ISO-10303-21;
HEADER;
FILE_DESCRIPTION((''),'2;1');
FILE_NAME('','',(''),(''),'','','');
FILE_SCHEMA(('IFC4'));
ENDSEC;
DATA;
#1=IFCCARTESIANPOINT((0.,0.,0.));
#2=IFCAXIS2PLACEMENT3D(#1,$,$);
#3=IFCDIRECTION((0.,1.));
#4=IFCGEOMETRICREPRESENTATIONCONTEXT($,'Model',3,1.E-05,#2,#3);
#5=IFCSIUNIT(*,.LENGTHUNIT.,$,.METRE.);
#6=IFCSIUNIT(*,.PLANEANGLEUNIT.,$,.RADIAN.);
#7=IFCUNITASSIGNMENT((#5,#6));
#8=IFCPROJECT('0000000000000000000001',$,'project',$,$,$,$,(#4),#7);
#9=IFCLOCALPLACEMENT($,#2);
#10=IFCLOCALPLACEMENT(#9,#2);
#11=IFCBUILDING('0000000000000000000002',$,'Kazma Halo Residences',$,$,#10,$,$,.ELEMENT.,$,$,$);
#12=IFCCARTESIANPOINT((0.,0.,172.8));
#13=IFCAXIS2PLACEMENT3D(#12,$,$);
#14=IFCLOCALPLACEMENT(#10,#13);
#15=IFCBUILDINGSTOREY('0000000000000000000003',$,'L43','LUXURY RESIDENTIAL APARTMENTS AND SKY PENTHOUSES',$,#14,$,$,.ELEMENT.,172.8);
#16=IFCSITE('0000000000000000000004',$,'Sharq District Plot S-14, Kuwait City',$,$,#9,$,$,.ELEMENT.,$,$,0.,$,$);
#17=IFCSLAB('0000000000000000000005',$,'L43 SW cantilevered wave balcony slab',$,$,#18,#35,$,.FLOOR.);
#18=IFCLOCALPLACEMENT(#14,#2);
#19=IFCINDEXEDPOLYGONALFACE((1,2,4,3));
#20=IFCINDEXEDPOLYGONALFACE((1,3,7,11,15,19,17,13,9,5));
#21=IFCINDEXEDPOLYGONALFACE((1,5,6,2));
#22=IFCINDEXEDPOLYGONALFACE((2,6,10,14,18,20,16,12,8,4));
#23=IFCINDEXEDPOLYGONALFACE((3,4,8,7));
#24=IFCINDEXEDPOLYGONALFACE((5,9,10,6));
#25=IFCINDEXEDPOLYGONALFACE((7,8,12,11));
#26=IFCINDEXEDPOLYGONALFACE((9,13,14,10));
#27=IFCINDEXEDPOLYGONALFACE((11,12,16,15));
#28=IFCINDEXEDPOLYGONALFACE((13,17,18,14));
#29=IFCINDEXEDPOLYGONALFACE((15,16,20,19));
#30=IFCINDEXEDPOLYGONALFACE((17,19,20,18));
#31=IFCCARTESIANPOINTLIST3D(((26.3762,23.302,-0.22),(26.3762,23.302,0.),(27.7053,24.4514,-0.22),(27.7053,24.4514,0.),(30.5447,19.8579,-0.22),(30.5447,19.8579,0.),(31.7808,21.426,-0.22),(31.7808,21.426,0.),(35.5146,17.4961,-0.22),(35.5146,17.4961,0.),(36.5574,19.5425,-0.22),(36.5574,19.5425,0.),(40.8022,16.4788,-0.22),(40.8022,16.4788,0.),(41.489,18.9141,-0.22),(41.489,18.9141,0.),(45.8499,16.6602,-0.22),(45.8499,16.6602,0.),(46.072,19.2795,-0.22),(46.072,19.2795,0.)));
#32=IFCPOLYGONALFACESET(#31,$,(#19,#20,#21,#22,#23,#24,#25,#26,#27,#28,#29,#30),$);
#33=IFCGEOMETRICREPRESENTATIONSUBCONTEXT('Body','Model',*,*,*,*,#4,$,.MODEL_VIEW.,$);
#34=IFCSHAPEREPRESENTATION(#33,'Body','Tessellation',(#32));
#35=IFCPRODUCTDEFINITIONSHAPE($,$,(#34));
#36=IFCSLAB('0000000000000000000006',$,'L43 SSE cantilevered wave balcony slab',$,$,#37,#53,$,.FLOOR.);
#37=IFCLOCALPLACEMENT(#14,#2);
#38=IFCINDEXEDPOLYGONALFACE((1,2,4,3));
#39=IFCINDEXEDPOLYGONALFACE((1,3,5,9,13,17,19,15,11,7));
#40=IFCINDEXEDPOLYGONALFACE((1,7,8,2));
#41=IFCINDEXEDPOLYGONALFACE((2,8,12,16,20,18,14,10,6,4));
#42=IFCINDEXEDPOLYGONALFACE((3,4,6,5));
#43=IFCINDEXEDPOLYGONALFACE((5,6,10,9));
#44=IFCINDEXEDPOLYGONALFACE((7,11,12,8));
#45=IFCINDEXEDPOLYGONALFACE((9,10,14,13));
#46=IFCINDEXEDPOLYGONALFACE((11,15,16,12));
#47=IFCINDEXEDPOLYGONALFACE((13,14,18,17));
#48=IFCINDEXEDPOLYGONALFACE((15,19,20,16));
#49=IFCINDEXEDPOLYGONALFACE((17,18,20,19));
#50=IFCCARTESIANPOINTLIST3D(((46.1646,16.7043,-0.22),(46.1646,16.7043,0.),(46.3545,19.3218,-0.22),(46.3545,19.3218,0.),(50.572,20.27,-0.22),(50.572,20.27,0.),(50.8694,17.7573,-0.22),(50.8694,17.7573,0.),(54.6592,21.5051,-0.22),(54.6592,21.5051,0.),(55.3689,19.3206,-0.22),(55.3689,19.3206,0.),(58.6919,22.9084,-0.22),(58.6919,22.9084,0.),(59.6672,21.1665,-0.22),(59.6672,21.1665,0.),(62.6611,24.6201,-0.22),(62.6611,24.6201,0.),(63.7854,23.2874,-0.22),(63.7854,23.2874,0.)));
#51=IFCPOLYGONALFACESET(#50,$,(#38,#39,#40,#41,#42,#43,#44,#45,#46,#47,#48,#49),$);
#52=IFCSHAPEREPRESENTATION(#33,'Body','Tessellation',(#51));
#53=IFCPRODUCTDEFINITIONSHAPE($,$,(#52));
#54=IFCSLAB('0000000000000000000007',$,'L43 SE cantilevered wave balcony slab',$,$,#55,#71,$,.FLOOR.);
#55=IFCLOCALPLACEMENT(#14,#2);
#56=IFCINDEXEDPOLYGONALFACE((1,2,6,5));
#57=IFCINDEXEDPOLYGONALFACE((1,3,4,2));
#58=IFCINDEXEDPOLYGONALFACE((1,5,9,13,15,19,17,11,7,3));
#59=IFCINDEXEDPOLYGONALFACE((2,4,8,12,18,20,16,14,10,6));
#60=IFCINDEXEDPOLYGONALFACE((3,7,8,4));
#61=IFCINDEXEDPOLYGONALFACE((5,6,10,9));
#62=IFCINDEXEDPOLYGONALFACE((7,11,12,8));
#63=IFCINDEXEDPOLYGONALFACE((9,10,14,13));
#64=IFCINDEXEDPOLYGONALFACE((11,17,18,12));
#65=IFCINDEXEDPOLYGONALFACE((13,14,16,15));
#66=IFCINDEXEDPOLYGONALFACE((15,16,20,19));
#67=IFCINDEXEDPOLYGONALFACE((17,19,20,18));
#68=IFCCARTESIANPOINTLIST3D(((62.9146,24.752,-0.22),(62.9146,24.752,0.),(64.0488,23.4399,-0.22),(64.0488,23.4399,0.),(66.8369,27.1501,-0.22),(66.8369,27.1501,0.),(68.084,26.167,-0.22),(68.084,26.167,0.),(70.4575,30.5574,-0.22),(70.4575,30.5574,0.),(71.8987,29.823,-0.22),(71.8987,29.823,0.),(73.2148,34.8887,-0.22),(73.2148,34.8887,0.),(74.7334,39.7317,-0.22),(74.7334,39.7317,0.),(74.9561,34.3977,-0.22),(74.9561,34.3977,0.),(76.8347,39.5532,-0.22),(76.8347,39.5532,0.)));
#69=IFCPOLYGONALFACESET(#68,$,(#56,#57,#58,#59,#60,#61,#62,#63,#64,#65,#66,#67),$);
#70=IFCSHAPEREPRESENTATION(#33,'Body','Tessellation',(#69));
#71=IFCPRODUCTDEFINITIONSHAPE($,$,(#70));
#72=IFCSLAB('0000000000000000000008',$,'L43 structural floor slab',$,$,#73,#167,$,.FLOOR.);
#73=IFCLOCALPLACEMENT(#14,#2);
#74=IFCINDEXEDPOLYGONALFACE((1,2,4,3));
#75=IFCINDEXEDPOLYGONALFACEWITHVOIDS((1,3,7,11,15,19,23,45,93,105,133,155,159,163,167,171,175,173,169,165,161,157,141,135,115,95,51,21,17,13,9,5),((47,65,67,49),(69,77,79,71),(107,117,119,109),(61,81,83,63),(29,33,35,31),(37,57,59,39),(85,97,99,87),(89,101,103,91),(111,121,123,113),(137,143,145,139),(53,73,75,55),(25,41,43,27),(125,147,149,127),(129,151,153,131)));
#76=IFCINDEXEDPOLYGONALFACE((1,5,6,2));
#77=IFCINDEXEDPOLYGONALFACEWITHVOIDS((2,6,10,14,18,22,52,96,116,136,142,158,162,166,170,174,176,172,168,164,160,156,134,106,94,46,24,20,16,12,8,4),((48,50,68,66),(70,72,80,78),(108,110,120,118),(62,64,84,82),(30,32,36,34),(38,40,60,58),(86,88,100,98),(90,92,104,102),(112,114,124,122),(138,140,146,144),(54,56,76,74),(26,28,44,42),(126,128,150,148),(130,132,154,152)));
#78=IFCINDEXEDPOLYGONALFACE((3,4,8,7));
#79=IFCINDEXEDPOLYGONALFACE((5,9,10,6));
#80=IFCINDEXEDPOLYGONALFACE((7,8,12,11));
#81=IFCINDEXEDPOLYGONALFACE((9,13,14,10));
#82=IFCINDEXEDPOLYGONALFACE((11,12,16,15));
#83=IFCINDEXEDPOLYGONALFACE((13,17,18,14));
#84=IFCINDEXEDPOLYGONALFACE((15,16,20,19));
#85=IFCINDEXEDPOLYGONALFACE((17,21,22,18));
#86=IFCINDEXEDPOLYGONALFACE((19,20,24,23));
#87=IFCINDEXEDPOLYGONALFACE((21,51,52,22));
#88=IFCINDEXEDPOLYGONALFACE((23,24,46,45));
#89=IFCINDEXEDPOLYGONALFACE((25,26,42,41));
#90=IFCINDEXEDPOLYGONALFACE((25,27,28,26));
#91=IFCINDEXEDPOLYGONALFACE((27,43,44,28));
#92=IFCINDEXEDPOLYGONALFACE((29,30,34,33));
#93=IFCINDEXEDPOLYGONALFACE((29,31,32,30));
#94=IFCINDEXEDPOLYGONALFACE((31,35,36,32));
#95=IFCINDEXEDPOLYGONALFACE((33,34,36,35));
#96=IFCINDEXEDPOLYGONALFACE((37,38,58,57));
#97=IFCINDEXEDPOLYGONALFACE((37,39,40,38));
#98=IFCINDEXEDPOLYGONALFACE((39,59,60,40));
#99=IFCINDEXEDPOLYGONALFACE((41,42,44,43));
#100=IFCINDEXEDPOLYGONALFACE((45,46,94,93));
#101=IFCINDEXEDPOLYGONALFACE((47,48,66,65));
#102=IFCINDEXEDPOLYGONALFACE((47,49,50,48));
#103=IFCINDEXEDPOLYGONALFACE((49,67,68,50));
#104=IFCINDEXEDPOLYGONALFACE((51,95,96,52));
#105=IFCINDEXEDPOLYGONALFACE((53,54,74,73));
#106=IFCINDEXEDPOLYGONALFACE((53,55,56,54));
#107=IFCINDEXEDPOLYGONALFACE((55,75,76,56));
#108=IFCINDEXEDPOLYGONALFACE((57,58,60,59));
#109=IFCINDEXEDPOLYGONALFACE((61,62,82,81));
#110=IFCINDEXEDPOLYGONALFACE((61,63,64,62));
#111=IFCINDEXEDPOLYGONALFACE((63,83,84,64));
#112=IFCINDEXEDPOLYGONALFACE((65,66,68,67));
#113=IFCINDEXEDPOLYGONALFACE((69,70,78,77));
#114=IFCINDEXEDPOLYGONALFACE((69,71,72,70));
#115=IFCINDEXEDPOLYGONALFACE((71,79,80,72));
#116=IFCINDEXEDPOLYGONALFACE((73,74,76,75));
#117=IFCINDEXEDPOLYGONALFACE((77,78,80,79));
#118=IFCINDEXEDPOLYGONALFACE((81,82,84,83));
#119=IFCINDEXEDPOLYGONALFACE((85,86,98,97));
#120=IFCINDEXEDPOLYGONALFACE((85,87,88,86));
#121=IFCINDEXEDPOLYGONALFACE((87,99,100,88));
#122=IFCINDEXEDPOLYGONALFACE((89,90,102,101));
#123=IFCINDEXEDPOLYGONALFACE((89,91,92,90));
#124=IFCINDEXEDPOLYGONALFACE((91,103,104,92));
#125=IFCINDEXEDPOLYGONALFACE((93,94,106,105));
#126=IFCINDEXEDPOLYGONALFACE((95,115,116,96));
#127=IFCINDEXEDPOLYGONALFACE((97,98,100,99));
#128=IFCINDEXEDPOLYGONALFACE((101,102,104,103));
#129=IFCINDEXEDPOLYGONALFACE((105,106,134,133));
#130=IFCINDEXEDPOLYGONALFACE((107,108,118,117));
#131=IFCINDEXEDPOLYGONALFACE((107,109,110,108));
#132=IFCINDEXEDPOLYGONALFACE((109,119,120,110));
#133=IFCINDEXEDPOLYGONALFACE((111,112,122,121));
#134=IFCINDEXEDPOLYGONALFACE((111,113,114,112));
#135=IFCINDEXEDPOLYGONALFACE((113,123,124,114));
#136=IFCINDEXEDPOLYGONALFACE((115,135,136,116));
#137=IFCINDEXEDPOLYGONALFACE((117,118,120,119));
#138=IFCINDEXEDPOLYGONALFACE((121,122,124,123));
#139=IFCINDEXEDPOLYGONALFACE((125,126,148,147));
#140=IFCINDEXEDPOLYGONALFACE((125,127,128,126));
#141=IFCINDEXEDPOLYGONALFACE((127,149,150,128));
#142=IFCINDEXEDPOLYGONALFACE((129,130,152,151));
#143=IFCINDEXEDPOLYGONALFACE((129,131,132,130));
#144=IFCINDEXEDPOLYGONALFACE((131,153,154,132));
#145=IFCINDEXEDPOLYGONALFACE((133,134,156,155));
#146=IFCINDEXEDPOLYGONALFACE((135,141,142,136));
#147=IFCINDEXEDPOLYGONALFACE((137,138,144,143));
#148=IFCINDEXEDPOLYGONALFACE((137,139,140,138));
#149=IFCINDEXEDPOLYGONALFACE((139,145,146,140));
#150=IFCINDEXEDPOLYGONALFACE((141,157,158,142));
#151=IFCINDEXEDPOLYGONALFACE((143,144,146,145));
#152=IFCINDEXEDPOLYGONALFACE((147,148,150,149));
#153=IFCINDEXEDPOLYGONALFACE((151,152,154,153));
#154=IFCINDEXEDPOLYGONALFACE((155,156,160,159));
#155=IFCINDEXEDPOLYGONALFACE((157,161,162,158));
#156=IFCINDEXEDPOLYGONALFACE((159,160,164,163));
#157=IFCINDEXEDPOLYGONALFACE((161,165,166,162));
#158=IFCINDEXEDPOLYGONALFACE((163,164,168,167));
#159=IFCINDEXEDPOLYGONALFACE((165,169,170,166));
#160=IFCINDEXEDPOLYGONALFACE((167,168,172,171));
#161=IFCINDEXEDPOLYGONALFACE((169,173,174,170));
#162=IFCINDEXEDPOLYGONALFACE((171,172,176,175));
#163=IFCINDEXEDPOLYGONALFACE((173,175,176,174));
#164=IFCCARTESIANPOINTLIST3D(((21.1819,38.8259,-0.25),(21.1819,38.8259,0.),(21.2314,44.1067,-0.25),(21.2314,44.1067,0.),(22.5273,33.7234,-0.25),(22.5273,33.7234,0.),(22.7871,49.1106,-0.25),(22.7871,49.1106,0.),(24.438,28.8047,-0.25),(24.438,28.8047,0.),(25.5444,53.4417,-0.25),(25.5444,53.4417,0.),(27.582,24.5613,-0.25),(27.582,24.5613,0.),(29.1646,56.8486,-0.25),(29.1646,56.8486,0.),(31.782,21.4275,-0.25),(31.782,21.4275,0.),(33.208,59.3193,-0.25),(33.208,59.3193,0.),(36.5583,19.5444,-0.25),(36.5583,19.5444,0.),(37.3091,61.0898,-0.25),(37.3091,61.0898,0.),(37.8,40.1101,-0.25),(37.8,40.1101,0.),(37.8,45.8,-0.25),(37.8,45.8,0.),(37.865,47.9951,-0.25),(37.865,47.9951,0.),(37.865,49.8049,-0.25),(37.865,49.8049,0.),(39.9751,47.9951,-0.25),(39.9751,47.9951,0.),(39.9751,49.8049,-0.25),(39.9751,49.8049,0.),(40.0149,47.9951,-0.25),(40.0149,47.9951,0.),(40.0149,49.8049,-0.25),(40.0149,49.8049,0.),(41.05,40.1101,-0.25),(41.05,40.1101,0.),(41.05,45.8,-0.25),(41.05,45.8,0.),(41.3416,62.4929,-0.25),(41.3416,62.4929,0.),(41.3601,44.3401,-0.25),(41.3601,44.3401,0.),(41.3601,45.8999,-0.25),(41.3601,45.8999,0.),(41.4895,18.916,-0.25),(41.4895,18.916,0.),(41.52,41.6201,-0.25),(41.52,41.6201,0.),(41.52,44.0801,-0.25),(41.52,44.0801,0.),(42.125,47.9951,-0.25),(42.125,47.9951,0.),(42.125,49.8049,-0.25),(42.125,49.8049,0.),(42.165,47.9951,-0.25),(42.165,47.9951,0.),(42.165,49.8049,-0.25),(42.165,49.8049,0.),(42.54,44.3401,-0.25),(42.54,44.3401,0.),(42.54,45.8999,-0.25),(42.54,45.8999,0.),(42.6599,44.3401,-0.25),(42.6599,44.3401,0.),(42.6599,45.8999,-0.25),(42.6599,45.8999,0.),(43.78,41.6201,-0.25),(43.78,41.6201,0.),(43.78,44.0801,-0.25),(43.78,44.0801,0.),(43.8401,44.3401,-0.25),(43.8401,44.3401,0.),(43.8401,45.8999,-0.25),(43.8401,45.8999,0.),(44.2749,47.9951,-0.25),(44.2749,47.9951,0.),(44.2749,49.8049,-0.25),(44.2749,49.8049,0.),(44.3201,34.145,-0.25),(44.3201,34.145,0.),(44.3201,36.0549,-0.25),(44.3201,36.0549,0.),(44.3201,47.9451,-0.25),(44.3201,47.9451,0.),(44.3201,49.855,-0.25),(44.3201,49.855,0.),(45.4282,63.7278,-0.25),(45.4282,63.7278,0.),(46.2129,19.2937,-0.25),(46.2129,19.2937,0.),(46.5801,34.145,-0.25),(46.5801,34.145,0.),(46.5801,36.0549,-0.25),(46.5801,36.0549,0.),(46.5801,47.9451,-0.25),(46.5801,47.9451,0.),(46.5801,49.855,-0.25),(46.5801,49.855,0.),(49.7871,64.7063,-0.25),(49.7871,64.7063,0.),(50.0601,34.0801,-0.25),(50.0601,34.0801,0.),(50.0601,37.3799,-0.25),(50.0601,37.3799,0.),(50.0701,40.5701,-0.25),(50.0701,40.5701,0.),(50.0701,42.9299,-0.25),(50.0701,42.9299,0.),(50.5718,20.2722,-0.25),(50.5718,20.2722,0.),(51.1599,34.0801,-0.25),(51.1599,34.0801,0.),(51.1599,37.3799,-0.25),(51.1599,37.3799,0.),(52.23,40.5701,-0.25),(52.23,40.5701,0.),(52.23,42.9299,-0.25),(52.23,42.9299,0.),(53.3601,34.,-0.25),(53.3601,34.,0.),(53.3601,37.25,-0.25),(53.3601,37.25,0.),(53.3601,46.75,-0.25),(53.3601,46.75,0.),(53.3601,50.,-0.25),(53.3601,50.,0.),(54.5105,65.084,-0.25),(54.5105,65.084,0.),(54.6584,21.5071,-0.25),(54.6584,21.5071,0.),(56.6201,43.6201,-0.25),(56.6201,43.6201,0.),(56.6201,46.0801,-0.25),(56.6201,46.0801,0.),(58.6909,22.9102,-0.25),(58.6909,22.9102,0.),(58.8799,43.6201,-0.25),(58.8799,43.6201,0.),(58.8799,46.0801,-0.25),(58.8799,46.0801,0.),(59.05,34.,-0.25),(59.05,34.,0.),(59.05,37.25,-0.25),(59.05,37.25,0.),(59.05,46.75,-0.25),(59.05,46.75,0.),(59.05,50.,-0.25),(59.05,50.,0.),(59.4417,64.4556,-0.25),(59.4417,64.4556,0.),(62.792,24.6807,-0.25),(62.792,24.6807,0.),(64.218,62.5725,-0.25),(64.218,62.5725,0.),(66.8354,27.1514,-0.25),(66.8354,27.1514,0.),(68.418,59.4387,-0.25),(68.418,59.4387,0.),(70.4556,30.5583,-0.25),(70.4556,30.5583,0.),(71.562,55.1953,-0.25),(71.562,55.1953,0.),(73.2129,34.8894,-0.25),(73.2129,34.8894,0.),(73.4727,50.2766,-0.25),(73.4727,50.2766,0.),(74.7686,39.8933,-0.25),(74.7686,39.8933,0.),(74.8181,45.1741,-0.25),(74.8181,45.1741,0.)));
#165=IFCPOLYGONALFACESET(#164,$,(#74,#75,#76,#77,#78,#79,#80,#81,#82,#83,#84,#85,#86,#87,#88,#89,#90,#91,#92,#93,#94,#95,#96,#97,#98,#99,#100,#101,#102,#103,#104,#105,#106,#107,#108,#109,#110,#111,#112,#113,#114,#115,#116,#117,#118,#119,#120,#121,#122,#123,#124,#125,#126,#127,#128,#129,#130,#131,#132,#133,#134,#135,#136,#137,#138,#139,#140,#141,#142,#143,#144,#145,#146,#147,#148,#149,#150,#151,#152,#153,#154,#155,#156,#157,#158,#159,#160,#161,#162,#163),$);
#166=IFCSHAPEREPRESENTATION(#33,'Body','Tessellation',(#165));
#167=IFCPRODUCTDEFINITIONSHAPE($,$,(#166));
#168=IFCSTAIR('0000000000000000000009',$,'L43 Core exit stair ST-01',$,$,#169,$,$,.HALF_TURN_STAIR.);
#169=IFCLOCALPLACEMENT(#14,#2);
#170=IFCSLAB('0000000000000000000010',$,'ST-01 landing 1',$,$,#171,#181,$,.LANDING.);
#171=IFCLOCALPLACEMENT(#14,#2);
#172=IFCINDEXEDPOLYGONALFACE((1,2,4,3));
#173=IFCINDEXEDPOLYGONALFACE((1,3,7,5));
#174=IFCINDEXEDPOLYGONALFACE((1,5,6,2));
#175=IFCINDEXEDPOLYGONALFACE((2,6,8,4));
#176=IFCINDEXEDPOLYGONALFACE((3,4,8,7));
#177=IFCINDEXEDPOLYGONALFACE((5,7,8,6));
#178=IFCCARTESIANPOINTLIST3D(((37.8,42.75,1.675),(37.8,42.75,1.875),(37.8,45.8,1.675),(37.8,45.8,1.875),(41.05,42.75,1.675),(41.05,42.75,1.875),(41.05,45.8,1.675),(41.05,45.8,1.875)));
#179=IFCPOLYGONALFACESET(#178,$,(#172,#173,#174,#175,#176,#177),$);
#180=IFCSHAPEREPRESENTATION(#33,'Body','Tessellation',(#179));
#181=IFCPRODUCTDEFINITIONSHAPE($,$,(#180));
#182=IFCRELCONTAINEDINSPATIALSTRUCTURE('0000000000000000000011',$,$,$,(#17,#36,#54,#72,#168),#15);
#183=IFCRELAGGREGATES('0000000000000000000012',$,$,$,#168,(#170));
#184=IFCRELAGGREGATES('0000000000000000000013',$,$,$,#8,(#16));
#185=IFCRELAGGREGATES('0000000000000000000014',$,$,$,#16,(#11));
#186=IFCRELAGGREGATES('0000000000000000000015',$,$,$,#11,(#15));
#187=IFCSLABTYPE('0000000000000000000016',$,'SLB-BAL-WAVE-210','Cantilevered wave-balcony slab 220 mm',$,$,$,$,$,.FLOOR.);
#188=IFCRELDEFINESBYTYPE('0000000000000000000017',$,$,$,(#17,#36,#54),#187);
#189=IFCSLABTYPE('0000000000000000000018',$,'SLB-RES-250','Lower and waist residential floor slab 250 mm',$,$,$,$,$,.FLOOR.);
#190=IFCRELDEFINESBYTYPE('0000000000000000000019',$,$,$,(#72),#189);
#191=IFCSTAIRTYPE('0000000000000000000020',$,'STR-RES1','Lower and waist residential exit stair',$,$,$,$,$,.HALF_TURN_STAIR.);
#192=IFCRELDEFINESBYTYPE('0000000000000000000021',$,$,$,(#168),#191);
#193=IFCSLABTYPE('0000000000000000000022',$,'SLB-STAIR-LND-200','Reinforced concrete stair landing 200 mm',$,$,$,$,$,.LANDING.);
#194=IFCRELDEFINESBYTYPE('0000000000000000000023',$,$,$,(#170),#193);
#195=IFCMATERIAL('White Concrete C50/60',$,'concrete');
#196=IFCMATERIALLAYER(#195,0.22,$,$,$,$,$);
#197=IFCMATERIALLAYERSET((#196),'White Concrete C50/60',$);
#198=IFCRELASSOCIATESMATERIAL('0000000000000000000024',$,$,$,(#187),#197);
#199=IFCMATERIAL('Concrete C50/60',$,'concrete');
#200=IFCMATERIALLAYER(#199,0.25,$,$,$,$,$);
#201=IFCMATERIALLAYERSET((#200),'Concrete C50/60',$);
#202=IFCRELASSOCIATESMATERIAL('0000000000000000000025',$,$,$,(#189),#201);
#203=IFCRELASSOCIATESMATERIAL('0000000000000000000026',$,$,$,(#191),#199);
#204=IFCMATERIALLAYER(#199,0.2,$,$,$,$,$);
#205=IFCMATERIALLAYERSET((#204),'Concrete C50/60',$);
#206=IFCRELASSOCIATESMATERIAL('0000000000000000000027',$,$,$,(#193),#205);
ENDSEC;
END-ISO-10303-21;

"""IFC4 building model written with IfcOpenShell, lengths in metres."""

from ifc_helpers import new_model, si_unit, direction, frame, origin, place, context, subcontext, project, spatial, polyline, outline, extrude, material, layer, layer_set, type_object, element, aggregate, save


model = new_model("IFC4")

# Units and contexts
model_context = context("Model", 3, precision=1e-05, world=origin(), true_north=direction((0.0, 1.0)))
body_context = subcontext(model_context, "Body", "Model", "MODEL_VIEW")
ifc_project = project(units=[si_unit("LENGTHUNIT", "METRE"), si_unit("PLANEANGLEUNIT", "RADIAN")], contexts=[model_context])

# Site, building, storey
site_placement = place(None, origin())
site = spatial("IfcSite", under=ifc_project, at=site_placement, Name="Sharq District Plot S-14, Kuwait City", CompositionType="ELEMENT", RefElevation=0.0)
building_placement = place(site_placement, origin())
building = spatial("IfcBuilding", under=site, at=building_placement, Name="Kazma Halo Residences", CompositionType="ELEMENT")
storey_placement = place(building_placement, frame((0.0, 0.0, 172.8)))
storey = spatial("IfcBuildingStorey", under=building, at=storey_placement, Name="L43", Description="LUXURY RESIDENTIAL APARTMENTS AND SKY PENTHOUSES", CompositionType="ELEMENT", Elevation=172.8)

# Slabs
ifc_material_1 = material(Name="White Concrete C50/60", Category="concrete")
ifc_layer_1 = layer(ifc_material_1, 0.22)
ifc_layer_set_1 = layer_set([ifc_layer_1], Name="White Concrete C50/60")
slab_type_1 = type_object("IfcSlabType", Name="SLB-BAL-WAVE-210", Description="Cantilevered wave-balcony slab 220 mm", PredefinedType="FLOOR", material=ifc_layer_set_1)
slab_1_placement = place(storey_placement, frame((0.0, 0.0, -0.22)))
element("IfcSlab", 1, at=slab_1_placement, inside=storey, type_object=slab_type_1, Name="L43 SW cantilevered wave balcony slab", PredefinedType="FLOOR", context=body_context, shape_type="SweptSolid", body=[
    extrude(outline(polyline([(27.7053, 24.4514), (31.7808, 21.426), (36.5574, 19.5425), (41.489, 18.9141), (46.072, 19.2795), (45.8499, 16.6602), (40.8022, 16.4788), (35.5146, 17.4961), (30.5447, 19.8579), (26.3762, 23.302), (27.7053, 24.4514)])), origin(), (0.0, 0.0, 1.0), 0.22),
])
slab_2_placement = place(storey_placement, frame((0.0, 0.0, -0.22)))
element("IfcSlab", 2, at=slab_2_placement, inside=storey, type_object=slab_type_1, Name="L43 SSE cantilevered wave balcony slab", PredefinedType="FLOOR", context=body_context, shape_type="SweptSolid", body=[
    extrude(outline(polyline([(46.3545, 19.3218), (50.572, 20.27), (54.6592, 21.5051), (58.6919, 22.9084), (62.6611, 24.6201), (63.7854, 23.2874), (59.6672, 21.1665), (55.3689, 19.3206), (50.8694, 17.7573), (46.1646, 16.7043), (46.3545, 19.3218)])), origin(), (0.0, 0.0, 1.0), 0.22),
])
slab_3_placement = place(storey_placement, frame((0.0, 0.0, -0.22)))
element("IfcSlab", 3, at=slab_3_placement, inside=storey, type_object=slab_type_1, Name="L43 SE cantilevered wave balcony slab", PredefinedType="FLOOR", context=body_context, shape_type="SweptSolid", body=[
    extrude(outline(polyline([(62.9146, 24.752), (66.8369, 27.1501), (70.4575, 30.5574), (73.2148, 34.8887), (74.7334, 39.7317), (76.8347, 39.5532), (74.9561, 34.3977), (71.8987, 29.823), (68.084, 26.167), (64.0488, 23.4399), (62.9146, 24.752)])), origin(), (0.0, 0.0, 1.0), 0.22),
])
ifc_material_2 = material(Name="Concrete C50/60", Category="concrete")
ifc_layer_2 = layer(ifc_material_2, 0.25)
ifc_layer_set_2 = layer_set([ifc_layer_2], Name="Concrete C50/60")
slab_type_2 = type_object("IfcSlabType", Name="SLB-RES-250", Description="Lower and waist residential floor slab 250 mm", PredefinedType="FLOOR", material=ifc_layer_set_2)
slab_4_placement = place(storey_placement, frame((0.0, 0.0, -0.25)))
element("IfcSlab", 4, at=slab_4_placement, inside=storey, type_object=slab_type_2, Name="L43 structural floor slab", PredefinedType="FLOOR", context=body_context, shape_type="SweptSolid", body=[
    extrude(outline(polyline([(73.4727, 50.2766), (71.562, 55.1953), (68.418, 59.4387), (64.218, 62.5725), (59.4417, 64.4556), (54.5105, 65.084), (49.7871, 64.7063), (45.4282, 63.7278), (41.3416, 62.4929), (37.3091, 61.0898), (33.208, 59.3193), (29.1646, 56.8486), (25.5444, 53.4417), (22.7871, 49.1106), (21.2314, 44.1067), (21.1819, 38.8259), (22.5273, 33.7234), (24.438, 28.8047), (27.582, 24.5613), (31.782, 21.4275), (36.5583, 19.5444), (41.4895, 18.916), (46.2129, 19.2937), (50.5718, 20.2722), (54.6584, 21.5071), (58.6909, 22.9102), (62.792, 24.6807), (66.8354, 27.1514), (70.4556, 30.5583), (73.2129, 34.8894), (74.7686, 39.8933), (74.8181, 45.1741), (73.4727, 50.2766)]), holes=[polyline([(37.8, 40.1101), (41.05, 40.1101), (41.05, 45.8), (37.8, 45.8), (37.8, 40.1101)]), polyline([(53.3601, 46.75), (59.05, 46.75), (59.05, 50.0), (53.3601, 50.0), (53.3601, 46.75)]), polyline([(53.3601, 34.0), (59.05, 34.0), (59.05, 37.25), (53.3601, 37.25), (53.3601, 34.0)]), polyline([(41.52, 41.6201), (43.78, 41.6201), (43.78, 44.0801), (41.52, 44.0801), (41.52, 41.6201)]), polyline([(56.6201, 43.6201), (58.8799, 43.6201), (58.8799, 46.0801), (56.6201, 46.0801), (56.6201, 43.6201)]), polyline([(37.865, 47.9951), (39.9751, 47.9951), (39.9751, 49.8049), (37.865, 49.8049), (37.865, 47.9951)]), polyline([(40.0149, 47.9951), (42.125, 47.9951), (42.125, 49.8049), (40.0149, 49.8049), (40.0149, 47.9951)]), polyline([(42.165, 47.9951), (44.2749, 47.9951), (44.2749, 49.8049), (42.165, 49.8049), (42.165, 47.9951)]), polyline([(44.3201, 47.9451), (46.5801, 47.9451), (46.5801, 49.855), (44.3201, 49.855), (44.3201, 47.9451)]), polyline([(44.3201, 34.145), (46.5801, 34.145), (46.5801, 36.0549), (44.3201, 36.0549), (44.3201, 34.145)]), polyline([(50.0701, 40.5701), (52.23, 40.5701), (52.23, 42.9299), (50.0701, 42.9299), (50.0701, 40.5701)]), polyline([(41.3601, 44.3401), (42.54, 44.3401), (42.54, 45.8999), (41.3601, 45.8999), (41.3601, 44.3401)]), polyline([(42.6599, 44.3401), (43.8401, 44.3401), (43.8401, 45.8999), (42.6599, 45.8999), (42.6599, 44.3401)]), polyline([(50.0601, 34.0801), (51.1599, 34.0801), (51.1599, 37.3799), (50.0601, 37.3799), (50.0601, 34.0801)])]), origin(), (0.0, 0.0, 1.0), 0.25),
])

# Stair, slab
stair_type = type_object("IfcStairType", Name="STR-RES1", Description="Lower and waist residential exit stair", PredefinedType="HALF_TURN_STAIR", material=ifc_material_2)
stair_1_placement = place(storey_placement, origin())
stair_1 = element("IfcStair", 5, at=stair_1_placement, inside=storey, type_object=stair_type, Name="L43 Core exit stair ST-01", PredefinedType="HALF_TURN_STAIR")
ifc_layer_3 = layer(ifc_material_2, 0.2)
ifc_layer_set_3 = layer_set([ifc_layer_3], Name="Concrete C50/60")
slab_type_3 = type_object("IfcSlabType", Name="SLB-STAIR-LND-200", Description="Reinforced concrete stair landing 200 mm", PredefinedType="LANDING", material=ifc_layer_set_3)
slab_5_placement = place(storey_placement, frame((0.0, 0.0, 1.675)))
slab_5 = element("IfcSlab", 6, at=slab_5_placement, type_object=slab_type_3, Name="ST-01 landing 1", PredefinedType="LANDING", context=body_context, shape_type="SweptSolid", body=[
    extrude(outline(polyline([(41.05, 42.75), (41.05, 45.8), (37.8, 45.8), (37.8, 42.75), (41.05, 42.75)])), origin(), (0.0, 0.0, 1.0), 0.2),
])
aggregate(stair_1, [slab_5])

save(model, "model.ifc")
